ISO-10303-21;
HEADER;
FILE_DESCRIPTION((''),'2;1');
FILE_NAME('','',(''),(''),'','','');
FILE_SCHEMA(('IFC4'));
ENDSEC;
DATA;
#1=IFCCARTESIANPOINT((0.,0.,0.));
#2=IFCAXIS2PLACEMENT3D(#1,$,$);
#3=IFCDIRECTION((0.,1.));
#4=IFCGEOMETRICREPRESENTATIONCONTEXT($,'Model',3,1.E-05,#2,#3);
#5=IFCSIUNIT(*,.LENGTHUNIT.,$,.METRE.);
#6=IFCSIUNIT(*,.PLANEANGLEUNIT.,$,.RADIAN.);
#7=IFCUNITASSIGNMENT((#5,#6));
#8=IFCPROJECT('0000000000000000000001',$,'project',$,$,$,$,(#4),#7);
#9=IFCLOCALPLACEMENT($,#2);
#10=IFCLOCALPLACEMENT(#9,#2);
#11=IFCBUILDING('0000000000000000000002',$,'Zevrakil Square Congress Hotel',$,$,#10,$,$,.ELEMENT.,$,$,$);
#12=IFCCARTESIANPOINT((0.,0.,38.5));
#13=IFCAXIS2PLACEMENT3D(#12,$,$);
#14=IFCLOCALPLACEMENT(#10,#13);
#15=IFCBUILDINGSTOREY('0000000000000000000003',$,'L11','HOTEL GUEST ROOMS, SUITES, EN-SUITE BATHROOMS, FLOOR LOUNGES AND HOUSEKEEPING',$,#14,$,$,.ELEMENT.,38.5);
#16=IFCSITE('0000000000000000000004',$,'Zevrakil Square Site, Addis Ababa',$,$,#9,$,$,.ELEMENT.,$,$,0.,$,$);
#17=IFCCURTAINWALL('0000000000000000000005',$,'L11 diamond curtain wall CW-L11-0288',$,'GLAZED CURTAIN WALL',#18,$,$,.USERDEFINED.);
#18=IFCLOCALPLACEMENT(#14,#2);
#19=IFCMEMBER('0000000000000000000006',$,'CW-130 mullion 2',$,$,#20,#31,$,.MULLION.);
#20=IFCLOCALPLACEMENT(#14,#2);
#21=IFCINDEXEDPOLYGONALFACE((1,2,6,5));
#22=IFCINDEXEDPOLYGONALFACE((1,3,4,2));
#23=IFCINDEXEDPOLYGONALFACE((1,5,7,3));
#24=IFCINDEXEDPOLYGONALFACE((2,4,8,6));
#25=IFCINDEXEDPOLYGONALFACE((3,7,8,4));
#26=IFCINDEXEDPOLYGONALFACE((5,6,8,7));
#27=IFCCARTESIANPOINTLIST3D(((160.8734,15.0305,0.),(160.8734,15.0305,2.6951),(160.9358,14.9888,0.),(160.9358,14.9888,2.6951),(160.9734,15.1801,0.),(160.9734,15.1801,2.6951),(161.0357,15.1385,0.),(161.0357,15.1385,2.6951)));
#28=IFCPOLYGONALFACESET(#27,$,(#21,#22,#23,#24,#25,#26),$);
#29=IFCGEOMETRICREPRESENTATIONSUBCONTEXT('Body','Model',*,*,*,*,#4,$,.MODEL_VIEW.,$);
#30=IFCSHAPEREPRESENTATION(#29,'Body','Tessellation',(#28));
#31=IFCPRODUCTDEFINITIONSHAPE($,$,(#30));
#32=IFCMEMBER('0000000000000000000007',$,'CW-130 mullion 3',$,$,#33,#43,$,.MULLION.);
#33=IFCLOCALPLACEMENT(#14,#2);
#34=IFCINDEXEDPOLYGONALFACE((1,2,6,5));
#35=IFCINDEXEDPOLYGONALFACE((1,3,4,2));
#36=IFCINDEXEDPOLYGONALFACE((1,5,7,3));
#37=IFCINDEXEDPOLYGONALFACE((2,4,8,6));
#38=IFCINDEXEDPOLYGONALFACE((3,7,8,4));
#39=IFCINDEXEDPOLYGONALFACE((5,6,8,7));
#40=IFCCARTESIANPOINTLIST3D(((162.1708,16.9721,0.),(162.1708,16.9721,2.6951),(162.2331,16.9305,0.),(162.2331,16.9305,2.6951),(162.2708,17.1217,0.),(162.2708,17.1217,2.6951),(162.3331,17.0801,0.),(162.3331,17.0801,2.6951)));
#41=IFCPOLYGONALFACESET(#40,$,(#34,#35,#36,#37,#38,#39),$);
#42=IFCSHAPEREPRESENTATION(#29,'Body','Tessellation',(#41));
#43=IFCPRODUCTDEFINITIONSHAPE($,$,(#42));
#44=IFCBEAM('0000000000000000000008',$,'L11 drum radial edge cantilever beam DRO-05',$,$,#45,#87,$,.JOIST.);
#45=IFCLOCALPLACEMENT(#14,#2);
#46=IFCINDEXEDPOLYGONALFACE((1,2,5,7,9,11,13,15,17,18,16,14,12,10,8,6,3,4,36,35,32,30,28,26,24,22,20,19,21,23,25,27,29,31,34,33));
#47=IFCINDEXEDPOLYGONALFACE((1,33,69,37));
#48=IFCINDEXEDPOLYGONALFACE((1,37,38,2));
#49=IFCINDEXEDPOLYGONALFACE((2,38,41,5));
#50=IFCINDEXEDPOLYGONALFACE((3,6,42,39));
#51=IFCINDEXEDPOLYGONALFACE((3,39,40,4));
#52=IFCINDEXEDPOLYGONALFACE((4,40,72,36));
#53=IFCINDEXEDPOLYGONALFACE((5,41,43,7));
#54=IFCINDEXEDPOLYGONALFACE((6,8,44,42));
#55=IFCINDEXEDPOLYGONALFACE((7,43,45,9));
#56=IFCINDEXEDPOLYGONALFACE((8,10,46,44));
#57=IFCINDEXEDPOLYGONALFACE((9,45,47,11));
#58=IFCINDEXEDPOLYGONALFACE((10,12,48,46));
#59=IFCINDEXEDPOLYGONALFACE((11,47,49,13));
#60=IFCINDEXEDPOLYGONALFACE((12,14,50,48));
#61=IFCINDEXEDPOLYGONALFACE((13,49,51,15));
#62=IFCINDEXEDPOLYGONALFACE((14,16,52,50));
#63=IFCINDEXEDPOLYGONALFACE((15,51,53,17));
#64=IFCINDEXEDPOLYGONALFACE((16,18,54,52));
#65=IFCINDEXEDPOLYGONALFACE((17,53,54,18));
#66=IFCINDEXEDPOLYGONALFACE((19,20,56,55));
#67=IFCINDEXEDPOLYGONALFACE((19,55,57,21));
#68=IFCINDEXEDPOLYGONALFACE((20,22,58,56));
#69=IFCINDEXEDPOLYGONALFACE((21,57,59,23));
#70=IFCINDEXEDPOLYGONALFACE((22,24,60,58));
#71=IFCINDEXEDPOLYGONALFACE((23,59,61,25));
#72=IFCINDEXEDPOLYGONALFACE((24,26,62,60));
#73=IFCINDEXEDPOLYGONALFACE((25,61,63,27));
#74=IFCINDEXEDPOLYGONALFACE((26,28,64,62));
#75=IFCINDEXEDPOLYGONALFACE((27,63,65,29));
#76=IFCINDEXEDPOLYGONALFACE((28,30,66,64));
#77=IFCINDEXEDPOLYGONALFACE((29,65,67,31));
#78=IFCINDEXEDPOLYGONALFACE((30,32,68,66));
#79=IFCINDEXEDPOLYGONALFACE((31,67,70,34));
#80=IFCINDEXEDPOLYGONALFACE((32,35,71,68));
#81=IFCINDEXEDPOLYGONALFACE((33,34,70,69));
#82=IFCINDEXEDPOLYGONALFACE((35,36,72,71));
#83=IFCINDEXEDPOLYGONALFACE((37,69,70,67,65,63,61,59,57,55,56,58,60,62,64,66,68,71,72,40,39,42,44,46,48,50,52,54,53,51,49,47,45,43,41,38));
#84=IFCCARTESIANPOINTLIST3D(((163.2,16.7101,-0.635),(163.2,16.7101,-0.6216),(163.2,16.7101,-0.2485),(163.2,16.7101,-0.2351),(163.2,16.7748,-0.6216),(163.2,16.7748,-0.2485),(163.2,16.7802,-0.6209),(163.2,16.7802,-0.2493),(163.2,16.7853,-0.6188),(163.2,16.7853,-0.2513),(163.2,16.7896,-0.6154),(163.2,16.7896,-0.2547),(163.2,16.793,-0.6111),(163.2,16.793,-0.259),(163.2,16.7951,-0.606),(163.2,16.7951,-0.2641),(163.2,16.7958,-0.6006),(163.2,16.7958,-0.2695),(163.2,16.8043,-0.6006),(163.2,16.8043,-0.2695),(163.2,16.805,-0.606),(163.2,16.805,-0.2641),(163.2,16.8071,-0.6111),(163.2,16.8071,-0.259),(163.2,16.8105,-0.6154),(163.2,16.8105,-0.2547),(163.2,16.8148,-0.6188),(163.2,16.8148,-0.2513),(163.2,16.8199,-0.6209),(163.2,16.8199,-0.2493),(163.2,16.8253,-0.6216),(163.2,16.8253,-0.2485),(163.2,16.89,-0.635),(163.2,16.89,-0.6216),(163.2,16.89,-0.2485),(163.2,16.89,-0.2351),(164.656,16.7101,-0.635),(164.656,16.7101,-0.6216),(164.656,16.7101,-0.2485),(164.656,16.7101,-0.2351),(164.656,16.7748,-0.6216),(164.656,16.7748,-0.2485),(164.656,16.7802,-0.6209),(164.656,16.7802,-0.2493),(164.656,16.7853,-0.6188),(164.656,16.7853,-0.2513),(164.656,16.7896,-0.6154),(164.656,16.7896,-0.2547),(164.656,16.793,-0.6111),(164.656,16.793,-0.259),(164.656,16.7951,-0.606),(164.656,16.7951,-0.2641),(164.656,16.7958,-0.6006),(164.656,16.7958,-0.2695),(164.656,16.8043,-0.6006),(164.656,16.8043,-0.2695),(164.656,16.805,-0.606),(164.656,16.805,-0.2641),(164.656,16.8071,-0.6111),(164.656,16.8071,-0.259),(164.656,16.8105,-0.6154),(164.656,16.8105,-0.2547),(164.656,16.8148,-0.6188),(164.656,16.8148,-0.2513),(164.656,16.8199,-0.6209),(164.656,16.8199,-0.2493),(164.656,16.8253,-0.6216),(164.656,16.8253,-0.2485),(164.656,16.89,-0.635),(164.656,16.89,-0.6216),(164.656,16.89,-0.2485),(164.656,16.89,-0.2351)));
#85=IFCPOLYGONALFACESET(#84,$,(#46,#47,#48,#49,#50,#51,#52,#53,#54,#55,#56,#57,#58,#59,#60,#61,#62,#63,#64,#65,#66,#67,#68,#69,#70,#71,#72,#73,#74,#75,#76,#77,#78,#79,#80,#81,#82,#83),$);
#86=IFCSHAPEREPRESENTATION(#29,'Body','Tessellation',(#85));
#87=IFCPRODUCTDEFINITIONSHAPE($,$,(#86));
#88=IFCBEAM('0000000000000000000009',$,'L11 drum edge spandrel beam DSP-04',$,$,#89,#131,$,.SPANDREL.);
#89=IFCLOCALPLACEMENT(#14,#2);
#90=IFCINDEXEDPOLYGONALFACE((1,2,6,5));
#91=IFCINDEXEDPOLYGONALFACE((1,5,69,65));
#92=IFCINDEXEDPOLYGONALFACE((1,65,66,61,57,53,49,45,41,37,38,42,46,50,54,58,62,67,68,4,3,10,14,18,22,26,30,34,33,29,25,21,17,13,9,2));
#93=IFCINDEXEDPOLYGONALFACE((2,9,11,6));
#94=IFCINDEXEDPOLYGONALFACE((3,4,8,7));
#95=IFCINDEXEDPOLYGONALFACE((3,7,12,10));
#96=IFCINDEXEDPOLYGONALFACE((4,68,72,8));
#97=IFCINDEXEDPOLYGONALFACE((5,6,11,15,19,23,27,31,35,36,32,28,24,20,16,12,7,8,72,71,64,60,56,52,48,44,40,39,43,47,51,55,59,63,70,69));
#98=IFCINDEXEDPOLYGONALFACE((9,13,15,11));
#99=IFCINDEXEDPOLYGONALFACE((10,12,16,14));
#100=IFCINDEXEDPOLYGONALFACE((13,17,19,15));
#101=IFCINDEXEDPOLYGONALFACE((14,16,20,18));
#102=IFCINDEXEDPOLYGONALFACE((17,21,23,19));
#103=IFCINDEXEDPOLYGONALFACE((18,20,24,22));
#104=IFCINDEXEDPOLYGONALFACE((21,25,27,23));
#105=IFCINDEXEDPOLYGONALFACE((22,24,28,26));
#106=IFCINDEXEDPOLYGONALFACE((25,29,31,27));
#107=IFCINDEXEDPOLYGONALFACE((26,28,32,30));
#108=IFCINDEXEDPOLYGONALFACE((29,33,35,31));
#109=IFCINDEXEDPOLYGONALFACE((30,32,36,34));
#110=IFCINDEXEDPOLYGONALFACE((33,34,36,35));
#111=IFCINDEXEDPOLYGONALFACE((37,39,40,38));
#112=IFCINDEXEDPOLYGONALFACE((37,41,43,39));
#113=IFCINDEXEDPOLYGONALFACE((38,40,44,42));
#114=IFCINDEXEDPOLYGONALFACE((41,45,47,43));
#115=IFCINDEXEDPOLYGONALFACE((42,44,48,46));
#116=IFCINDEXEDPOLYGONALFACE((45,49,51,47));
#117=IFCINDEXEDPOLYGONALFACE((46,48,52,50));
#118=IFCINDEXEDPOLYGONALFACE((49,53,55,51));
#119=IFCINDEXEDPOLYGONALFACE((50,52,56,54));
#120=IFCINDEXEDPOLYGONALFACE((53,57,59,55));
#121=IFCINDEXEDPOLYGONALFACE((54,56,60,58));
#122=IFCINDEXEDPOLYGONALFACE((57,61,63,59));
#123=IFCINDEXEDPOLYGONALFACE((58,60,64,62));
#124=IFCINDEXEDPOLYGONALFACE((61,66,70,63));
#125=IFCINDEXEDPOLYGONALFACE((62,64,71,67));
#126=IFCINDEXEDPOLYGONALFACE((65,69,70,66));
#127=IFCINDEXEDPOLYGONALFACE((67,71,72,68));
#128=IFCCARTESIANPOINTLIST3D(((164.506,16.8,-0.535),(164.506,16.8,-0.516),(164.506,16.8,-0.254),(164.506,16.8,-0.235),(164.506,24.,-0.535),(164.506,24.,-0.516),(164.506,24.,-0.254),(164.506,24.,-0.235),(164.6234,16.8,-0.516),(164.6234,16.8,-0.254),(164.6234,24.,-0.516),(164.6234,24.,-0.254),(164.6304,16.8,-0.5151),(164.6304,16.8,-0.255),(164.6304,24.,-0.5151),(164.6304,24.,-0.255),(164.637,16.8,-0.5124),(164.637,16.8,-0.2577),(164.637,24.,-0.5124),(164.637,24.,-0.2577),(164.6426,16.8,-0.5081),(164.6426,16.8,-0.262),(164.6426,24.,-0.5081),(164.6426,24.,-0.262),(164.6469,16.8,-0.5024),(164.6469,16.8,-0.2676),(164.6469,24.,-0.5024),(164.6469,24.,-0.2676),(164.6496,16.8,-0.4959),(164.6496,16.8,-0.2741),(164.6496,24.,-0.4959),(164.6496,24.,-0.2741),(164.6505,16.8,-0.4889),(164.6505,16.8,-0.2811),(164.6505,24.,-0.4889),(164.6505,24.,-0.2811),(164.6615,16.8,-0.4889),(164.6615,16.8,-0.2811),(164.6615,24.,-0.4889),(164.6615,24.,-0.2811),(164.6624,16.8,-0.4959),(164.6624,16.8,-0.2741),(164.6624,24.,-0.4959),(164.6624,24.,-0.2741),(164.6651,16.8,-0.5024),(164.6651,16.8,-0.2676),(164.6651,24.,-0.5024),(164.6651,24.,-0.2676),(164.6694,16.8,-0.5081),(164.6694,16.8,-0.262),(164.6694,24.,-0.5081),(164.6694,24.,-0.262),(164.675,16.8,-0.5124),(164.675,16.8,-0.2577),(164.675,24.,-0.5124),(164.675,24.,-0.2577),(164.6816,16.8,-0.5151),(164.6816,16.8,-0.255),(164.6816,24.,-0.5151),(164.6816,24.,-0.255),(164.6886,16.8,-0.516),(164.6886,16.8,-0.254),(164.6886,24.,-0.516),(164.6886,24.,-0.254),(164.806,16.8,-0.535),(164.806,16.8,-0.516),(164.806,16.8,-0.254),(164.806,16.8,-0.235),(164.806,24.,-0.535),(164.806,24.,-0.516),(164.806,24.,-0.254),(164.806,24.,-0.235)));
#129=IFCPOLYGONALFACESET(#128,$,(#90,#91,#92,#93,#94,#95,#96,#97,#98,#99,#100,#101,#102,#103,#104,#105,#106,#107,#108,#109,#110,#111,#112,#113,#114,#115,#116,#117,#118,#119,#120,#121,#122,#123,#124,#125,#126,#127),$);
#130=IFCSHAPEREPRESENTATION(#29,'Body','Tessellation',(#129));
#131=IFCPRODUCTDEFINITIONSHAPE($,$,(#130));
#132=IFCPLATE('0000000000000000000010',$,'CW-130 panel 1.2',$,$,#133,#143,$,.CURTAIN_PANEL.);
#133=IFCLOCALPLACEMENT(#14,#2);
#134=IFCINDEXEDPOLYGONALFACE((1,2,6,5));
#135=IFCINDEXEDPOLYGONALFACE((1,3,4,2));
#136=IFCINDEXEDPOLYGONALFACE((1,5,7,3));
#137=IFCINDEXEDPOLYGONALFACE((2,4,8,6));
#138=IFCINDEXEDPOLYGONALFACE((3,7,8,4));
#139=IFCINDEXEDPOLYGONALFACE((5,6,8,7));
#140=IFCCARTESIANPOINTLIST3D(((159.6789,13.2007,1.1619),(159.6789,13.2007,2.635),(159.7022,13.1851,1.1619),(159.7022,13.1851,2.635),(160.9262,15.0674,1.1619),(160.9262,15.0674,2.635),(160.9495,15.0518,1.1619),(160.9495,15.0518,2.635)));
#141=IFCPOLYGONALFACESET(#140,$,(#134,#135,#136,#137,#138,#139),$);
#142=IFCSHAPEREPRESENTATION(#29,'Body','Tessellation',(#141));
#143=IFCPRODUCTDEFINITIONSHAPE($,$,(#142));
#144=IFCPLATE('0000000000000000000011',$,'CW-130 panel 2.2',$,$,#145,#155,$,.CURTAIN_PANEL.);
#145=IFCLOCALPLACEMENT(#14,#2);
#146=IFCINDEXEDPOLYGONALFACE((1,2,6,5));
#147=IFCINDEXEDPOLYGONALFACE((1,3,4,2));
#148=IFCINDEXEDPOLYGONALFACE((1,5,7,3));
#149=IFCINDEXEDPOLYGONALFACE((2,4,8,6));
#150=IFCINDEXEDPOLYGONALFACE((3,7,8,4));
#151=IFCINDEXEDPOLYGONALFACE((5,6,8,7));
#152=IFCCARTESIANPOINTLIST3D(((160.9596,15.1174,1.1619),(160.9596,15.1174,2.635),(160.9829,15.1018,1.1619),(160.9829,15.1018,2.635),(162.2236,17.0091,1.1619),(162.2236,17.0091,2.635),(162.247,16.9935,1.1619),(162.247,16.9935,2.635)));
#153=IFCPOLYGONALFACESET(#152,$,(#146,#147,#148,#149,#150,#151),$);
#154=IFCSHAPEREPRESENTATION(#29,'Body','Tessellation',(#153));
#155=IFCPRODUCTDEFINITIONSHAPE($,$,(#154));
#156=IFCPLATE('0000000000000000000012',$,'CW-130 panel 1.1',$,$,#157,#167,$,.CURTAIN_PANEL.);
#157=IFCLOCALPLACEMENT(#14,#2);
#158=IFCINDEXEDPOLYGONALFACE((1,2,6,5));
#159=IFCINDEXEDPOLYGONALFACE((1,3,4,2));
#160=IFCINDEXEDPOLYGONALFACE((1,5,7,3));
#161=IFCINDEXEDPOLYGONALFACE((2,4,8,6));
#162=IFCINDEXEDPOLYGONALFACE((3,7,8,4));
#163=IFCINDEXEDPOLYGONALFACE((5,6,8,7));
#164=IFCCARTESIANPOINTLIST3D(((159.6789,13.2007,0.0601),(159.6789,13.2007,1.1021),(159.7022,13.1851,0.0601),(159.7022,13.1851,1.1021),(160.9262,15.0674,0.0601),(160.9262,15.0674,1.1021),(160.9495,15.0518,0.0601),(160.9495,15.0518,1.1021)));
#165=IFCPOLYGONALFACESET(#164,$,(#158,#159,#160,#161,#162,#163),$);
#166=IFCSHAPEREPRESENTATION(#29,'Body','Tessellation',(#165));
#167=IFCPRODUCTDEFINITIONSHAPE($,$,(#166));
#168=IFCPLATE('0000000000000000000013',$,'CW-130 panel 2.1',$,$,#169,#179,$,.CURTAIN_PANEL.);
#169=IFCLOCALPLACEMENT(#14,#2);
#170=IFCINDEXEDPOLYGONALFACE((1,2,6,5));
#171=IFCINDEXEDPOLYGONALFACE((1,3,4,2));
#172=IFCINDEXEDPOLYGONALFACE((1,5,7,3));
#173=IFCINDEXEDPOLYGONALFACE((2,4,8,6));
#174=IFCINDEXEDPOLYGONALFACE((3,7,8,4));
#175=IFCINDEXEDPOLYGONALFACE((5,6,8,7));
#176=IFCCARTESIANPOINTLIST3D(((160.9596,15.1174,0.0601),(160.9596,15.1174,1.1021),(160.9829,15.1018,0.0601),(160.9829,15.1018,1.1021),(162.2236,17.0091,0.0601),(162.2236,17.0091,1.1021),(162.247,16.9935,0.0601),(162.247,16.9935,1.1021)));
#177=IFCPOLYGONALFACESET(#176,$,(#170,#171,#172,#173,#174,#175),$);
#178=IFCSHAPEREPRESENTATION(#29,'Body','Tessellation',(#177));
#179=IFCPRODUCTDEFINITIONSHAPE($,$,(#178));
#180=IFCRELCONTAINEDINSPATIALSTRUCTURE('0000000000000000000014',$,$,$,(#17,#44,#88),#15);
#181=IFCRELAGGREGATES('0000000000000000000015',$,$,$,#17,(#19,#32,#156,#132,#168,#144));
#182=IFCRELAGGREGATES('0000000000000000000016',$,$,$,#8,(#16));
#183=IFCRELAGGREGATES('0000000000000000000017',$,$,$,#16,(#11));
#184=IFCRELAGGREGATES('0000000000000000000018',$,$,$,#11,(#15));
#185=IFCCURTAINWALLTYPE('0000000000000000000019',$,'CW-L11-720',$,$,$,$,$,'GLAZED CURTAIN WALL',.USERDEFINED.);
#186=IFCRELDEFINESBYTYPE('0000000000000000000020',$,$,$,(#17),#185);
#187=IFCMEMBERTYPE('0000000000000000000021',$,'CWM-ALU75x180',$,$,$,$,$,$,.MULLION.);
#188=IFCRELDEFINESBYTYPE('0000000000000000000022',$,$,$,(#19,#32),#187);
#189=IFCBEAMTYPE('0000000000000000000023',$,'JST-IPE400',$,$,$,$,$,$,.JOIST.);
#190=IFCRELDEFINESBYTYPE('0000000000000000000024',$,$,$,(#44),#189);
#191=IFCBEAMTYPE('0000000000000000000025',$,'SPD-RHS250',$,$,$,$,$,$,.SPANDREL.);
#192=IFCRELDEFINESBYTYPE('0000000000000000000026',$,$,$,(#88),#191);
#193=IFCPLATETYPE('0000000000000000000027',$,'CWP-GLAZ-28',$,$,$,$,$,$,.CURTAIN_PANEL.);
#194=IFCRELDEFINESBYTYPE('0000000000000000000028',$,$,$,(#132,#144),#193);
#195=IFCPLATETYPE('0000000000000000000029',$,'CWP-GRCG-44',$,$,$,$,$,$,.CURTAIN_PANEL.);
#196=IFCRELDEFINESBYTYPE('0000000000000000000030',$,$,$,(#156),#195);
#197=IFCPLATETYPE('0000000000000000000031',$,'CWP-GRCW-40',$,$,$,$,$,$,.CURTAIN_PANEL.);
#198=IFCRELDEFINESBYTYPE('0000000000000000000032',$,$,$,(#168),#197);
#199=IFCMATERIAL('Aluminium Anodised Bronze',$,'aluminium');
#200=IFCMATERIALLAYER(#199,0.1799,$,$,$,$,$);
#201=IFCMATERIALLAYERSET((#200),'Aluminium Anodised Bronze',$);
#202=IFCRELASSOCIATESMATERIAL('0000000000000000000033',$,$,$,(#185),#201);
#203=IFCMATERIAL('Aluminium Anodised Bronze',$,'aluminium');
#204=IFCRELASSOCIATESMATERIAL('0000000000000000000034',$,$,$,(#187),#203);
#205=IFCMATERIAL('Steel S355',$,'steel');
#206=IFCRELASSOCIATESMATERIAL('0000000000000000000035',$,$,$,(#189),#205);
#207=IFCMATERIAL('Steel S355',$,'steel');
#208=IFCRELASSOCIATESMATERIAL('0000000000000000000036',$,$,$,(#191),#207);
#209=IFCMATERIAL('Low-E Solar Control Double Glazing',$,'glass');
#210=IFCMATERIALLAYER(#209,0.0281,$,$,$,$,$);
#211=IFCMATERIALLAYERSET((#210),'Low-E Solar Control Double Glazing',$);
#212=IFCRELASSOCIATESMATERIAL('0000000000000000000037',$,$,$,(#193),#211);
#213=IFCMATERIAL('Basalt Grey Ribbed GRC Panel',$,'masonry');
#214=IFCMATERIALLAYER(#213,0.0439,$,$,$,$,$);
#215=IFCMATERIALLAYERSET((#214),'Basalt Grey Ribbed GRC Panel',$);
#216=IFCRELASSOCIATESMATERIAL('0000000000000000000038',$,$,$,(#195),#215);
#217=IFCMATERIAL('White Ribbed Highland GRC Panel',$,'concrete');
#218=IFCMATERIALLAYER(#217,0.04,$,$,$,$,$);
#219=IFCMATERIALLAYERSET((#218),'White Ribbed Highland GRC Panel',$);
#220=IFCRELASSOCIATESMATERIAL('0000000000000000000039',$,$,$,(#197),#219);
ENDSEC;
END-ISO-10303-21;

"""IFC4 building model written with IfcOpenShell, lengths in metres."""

from ifc_helpers import new_model, si_unit, direction, frame, origin, origin_2d, place, context, subcontext, project, spatial, rectangle, i_section, extrude, material, layer, layer_set, material_profile, profile_set, type_object, element, aggregate, save


model = new_model("IFC4")

# Units and contexts
model_context = context("Model", 3, precision=1e-05, world=origin(), true_north=direction((0.0, 1.0)))
body_context = subcontext(model_context, "Body", "Model", "MODEL_VIEW")
ifc_project = project(units=[si_unit("LENGTHUNIT", "METRE"), si_unit("PLANEANGLEUNIT", "RADIAN")], contexts=[model_context])

# Site, building, storey
site_placement = place(None, origin())
site = spatial("IfcSite", under=ifc_project, at=site_placement, Name="Zevrakil Square Site, Addis Ababa", CompositionType="ELEMENT", RefElevation=0.0)
building_placement = place(site_placement, origin())
building = spatial("IfcBuilding", under=site, at=building_placement, Name="Zevrakil Square Congress Hotel", CompositionType="ELEMENT")
storey_placement = place(building_placement, frame((0.0, 0.0, 38.5)))
storey = spatial("IfcBuildingStorey", under=building, at=storey_placement, Name="L11", Description="HOTEL GUEST ROOMS, SUITES, EN-SUITE BATHROOMS, FLOOR LOUNGES AND HOUSEKEEPING", CompositionType="ELEMENT", Elevation=38.5)

# Curtain wall, members
ifc_material_1 = material(Name="Aluminium Anodised Bronze", Category="aluminium")
ifc_layer_1 = layer(ifc_material_1, 0.1799)
ifc_layer_set_1 = layer_set([ifc_layer_1], Name="Aluminium Anodised Bronze")
curtain_wall_type = type_object("IfcCurtainWallType", Name="CW-L11-720", ElementType="GLAZED CURTAIN WALL", PredefinedType="USERDEFINED", material=ifc_layer_set_1)
curtain_wall_placement = place(storey_placement, origin())
curtain_wall = element("IfcCurtainWall", 1, at=curtain_wall_placement, inside=storey, type_object=curtain_wall_type, Name="L11 diamond curtain wall CW-L11-0288", ObjectType="GLAZED CURTAIN WALL", PredefinedType="USERDEFINED")
ifc_material_2 = material(Name="Aluminium Anodised Bronze", Category="aluminium")
ifc_material_profile_1 = material_profile(ifc_material_2, rectangle(XDim=0.075, YDim=0.1799, at=origin_2d()), Name="ALU 75x180")
ifc_profile_set_1 = profile_set([ifc_material_profile_1], Name="Aluminium Anodised Bronze")
member_type_1 = type_object("IfcMemberType", Name="CWM-ALU75x180", PredefinedType="MULLION", material=ifc_profile_set_1)
member_1_placement = place(storey_placement, frame((160.9546, 15.0845, 0.0), z_axis=(0.0, 0.0, 1.0), x_axis=(-0.831466, 0.555576, 0.0)))
member_1 = element("IfcMember", 2, at=member_1_placement, type_object=member_type_1, Name="CW-130 mullion 2", PredefinedType="MULLION", context=body_context, shape_type="SweptSolid", body=[
    extrude(rectangle(XDim=0.075, YDim=0.1799, at=origin_2d()), origin(), (0.0, 0.0, 1.0), 2.6951),
])
member_2_placement = place(storey_placement, frame((162.252, 17.0261, 0.0), z_axis=(0.0, 0.0, 1.0), x_axis=(-0.831466, 0.555576, 0.0)))
member_2 = element("IfcMember", 3, at=member_2_placement, type_object=member_type_1, Name="CW-130 mullion 3", PredefinedType="MULLION", context=body_context, shape_type="SweptSolid", body=[
    extrude(rectangle(XDim=0.075, YDim=0.1799, at=origin_2d()), origin(), (0.0, 0.0, 1.0), 2.6951),
])

# Beams
ifc_material_3 = material(Name="Steel S355", Category="steel")
ifc_material_profile_2 = material_profile(ifc_material_3, i_section(OverallWidth=0.1799, OverallDepth=0.3999, WebThickness=0.0085, FlangeThickness=0.0134, FilletRadius=0.021, at=origin_2d()), Name="IPE 400")
ifc_profile_set_2 = profile_set([ifc_material_profile_2], Name="Steel S355")
beam_type_1 = type_object("IfcBeamType", Name="JST-IPE400", PredefinedType="JOIST", material=ifc_profile_set_2)
beam_1_placement = place(storey_placement, frame((163.2, 16.8, -0.4351), z_axis=(1.0, 0.0, 0.0), x_axis=(0.0, 1.0, 0.0)))
element("IfcBeam", 4, at=beam_1_placement, inside=storey, type_object=beam_type_1, Name="L11 drum radial edge cantilever beam DRO-05", PredefinedType="JOIST", context=body_context, shape_type="SweptSolid", body=[
    extrude(i_section(OverallWidth=0.1799, OverallDepth=0.3999, WebThickness=0.0085, FlangeThickness=0.0134, FilletRadius=0.021, at=origin_2d()), origin(), (0.0, 0.0, 1.0), 1.4561),
])
ifc_material_4 = material(Name="Steel S355", Category="steel")
ifc_material_profile_3 = material_profile(ifc_material_4, i_section(OverallWidth=0.3, OverallDepth=0.3, WebThickness=0.011, FlangeThickness=0.019, FilletRadius=0.0271, at=origin_2d()), Name="HEB 300")
ifc_profile_set_3 = profile_set([ifc_material_profile_3], Name="Steel S355")
beam_type_2 = type_object("IfcBeamType", Name="SPD-RHS250", PredefinedType="SPANDREL", material=ifc_profile_set_3)
beam_2_placement = place(storey_placement, frame((164.656, 16.8, -0.385), z_axis=(0.0, 1.0, 0.0), x_axis=(-1.0, 0.0, 0.0)))
element("IfcBeam", 5, at=beam_2_placement, inside=storey, type_object=beam_type_2, Name="L11 drum edge spandrel beam DSP-04", PredefinedType="SPANDREL", context=body_context, shape_type="SweptSolid", body=[
    extrude(i_section(OverallWidth=0.3, OverallDepth=0.3, WebThickness=0.011, FlangeThickness=0.019, FilletRadius=0.0271, at=origin_2d()), origin(), (0.0, 0.0, 1.0), 7.2),
])

# Plates
ifc_material_5 = material(Name="Low-E Solar Control Double Glazing", Category="glass")
ifc_layer_2 = layer(ifc_material_5, 0.0281)
ifc_layer_set_2 = layer_set([ifc_layer_2], Name="Low-E Solar Control Double Glazing")
plate_type_1 = type_object("IfcPlateType", Name="CWP-GLAZ-28", PredefinedType="CURTAIN_PANEL", material=ifc_layer_set_2)
plate_1_placement = place(storey_placement, frame((160.3142, 14.1262, 1.1619), z_axis=(0.0, 0.0, 1.0), x_axis=(0.555576, 0.831466, 0.0)))
plate_1 = element("IfcPlate", 6, at=plate_1_placement, type_object=plate_type_1, Name="CW-130 panel 1.2", PredefinedType="CURTAIN_PANEL", context=body_context, shape_type="SweptSolid", body=[
    extrude(rectangle(XDim=2.2451, YDim=0.0281, at=origin_2d()), origin(), (0.0, 0.0, 1.0), 1.4731),
])
plate_2_placement = place(storey_placement, frame((161.6033, 16.0554, 1.1619), z_axis=(0.0, 0.0, 1.0), x_axis=(0.555576, 0.831466, 0.0)))
plate_2 = element("IfcPlate", 7, at=plate_2_placement, type_object=plate_type_1, Name="CW-130 panel 2.2", PredefinedType="CURTAIN_PANEL", context=body_context, shape_type="SweptSolid", body=[
    extrude(rectangle(XDim=2.2751, YDim=0.0281, at=origin_2d()), origin(), (0.0, 0.0, 1.0), 1.4731),
])
ifc_material_6 = material(Name="Basalt Grey Ribbed GRC Panel", Category="masonry")
ifc_layer_3 = layer(ifc_material_6, 0.0439)
ifc_layer_set_3 = layer_set([ifc_layer_3], Name="Basalt Grey Ribbed GRC Panel")
plate_type_2 = type_object("IfcPlateType", Name="CWP-GRCG-44", PredefinedType="CURTAIN_PANEL", material=ifc_layer_set_3)
plate_3_placement = place(storey_placement, frame((160.3142, 14.1262, 0.0601), z_axis=(0.0, 0.0, 1.0), x_axis=(0.555576, 0.831466, 0.0)))
plate_3 = element("IfcPlate", 8, at=plate_3_placement, type_object=plate_type_2, Name="CW-130 panel 1.1", PredefinedType="CURTAIN_PANEL", context=body_context, shape_type="SweptSolid", body=[
    extrude(rectangle(XDim=2.2451, YDim=0.0281, at=origin_2d()), origin(), (0.0, 0.0, 1.0), 1.042),
])
ifc_material_7 = material(Name="White Ribbed Highland GRC Panel", Category="concrete")
ifc_layer_4 = layer(ifc_material_7, 0.04)
ifc_layer_set_4 = layer_set([ifc_layer_4], Name="White Ribbed Highland GRC Panel")
plate_type_3 = type_object("IfcPlateType", Name="CWP-GRCW-40", PredefinedType="CURTAIN_PANEL", material=ifc_layer_set_4)
plate_4_placement = place(storey_placement, frame((161.6033, 16.0554, 0.0601), z_axis=(0.0, 0.0, 1.0), x_axis=(0.555576, 0.831466, 0.0)))
plate_4 = element("IfcPlate", 9, at=plate_4_placement, type_object=plate_type_3, Name="CW-130 panel 2.1", PredefinedType="CURTAIN_PANEL", context=body_context, shape_type="SweptSolid", body=[
    extrude(rectangle(XDim=2.2751, YDim=0.0281, at=origin_2d()), origin(), (0.0, 0.0, 1.0), 1.042),
])
aggregate(curtain_wall, [member_1, member_2, plate_3, plate_1, plate_4, plate_2])

save(model, "model.ifc")
